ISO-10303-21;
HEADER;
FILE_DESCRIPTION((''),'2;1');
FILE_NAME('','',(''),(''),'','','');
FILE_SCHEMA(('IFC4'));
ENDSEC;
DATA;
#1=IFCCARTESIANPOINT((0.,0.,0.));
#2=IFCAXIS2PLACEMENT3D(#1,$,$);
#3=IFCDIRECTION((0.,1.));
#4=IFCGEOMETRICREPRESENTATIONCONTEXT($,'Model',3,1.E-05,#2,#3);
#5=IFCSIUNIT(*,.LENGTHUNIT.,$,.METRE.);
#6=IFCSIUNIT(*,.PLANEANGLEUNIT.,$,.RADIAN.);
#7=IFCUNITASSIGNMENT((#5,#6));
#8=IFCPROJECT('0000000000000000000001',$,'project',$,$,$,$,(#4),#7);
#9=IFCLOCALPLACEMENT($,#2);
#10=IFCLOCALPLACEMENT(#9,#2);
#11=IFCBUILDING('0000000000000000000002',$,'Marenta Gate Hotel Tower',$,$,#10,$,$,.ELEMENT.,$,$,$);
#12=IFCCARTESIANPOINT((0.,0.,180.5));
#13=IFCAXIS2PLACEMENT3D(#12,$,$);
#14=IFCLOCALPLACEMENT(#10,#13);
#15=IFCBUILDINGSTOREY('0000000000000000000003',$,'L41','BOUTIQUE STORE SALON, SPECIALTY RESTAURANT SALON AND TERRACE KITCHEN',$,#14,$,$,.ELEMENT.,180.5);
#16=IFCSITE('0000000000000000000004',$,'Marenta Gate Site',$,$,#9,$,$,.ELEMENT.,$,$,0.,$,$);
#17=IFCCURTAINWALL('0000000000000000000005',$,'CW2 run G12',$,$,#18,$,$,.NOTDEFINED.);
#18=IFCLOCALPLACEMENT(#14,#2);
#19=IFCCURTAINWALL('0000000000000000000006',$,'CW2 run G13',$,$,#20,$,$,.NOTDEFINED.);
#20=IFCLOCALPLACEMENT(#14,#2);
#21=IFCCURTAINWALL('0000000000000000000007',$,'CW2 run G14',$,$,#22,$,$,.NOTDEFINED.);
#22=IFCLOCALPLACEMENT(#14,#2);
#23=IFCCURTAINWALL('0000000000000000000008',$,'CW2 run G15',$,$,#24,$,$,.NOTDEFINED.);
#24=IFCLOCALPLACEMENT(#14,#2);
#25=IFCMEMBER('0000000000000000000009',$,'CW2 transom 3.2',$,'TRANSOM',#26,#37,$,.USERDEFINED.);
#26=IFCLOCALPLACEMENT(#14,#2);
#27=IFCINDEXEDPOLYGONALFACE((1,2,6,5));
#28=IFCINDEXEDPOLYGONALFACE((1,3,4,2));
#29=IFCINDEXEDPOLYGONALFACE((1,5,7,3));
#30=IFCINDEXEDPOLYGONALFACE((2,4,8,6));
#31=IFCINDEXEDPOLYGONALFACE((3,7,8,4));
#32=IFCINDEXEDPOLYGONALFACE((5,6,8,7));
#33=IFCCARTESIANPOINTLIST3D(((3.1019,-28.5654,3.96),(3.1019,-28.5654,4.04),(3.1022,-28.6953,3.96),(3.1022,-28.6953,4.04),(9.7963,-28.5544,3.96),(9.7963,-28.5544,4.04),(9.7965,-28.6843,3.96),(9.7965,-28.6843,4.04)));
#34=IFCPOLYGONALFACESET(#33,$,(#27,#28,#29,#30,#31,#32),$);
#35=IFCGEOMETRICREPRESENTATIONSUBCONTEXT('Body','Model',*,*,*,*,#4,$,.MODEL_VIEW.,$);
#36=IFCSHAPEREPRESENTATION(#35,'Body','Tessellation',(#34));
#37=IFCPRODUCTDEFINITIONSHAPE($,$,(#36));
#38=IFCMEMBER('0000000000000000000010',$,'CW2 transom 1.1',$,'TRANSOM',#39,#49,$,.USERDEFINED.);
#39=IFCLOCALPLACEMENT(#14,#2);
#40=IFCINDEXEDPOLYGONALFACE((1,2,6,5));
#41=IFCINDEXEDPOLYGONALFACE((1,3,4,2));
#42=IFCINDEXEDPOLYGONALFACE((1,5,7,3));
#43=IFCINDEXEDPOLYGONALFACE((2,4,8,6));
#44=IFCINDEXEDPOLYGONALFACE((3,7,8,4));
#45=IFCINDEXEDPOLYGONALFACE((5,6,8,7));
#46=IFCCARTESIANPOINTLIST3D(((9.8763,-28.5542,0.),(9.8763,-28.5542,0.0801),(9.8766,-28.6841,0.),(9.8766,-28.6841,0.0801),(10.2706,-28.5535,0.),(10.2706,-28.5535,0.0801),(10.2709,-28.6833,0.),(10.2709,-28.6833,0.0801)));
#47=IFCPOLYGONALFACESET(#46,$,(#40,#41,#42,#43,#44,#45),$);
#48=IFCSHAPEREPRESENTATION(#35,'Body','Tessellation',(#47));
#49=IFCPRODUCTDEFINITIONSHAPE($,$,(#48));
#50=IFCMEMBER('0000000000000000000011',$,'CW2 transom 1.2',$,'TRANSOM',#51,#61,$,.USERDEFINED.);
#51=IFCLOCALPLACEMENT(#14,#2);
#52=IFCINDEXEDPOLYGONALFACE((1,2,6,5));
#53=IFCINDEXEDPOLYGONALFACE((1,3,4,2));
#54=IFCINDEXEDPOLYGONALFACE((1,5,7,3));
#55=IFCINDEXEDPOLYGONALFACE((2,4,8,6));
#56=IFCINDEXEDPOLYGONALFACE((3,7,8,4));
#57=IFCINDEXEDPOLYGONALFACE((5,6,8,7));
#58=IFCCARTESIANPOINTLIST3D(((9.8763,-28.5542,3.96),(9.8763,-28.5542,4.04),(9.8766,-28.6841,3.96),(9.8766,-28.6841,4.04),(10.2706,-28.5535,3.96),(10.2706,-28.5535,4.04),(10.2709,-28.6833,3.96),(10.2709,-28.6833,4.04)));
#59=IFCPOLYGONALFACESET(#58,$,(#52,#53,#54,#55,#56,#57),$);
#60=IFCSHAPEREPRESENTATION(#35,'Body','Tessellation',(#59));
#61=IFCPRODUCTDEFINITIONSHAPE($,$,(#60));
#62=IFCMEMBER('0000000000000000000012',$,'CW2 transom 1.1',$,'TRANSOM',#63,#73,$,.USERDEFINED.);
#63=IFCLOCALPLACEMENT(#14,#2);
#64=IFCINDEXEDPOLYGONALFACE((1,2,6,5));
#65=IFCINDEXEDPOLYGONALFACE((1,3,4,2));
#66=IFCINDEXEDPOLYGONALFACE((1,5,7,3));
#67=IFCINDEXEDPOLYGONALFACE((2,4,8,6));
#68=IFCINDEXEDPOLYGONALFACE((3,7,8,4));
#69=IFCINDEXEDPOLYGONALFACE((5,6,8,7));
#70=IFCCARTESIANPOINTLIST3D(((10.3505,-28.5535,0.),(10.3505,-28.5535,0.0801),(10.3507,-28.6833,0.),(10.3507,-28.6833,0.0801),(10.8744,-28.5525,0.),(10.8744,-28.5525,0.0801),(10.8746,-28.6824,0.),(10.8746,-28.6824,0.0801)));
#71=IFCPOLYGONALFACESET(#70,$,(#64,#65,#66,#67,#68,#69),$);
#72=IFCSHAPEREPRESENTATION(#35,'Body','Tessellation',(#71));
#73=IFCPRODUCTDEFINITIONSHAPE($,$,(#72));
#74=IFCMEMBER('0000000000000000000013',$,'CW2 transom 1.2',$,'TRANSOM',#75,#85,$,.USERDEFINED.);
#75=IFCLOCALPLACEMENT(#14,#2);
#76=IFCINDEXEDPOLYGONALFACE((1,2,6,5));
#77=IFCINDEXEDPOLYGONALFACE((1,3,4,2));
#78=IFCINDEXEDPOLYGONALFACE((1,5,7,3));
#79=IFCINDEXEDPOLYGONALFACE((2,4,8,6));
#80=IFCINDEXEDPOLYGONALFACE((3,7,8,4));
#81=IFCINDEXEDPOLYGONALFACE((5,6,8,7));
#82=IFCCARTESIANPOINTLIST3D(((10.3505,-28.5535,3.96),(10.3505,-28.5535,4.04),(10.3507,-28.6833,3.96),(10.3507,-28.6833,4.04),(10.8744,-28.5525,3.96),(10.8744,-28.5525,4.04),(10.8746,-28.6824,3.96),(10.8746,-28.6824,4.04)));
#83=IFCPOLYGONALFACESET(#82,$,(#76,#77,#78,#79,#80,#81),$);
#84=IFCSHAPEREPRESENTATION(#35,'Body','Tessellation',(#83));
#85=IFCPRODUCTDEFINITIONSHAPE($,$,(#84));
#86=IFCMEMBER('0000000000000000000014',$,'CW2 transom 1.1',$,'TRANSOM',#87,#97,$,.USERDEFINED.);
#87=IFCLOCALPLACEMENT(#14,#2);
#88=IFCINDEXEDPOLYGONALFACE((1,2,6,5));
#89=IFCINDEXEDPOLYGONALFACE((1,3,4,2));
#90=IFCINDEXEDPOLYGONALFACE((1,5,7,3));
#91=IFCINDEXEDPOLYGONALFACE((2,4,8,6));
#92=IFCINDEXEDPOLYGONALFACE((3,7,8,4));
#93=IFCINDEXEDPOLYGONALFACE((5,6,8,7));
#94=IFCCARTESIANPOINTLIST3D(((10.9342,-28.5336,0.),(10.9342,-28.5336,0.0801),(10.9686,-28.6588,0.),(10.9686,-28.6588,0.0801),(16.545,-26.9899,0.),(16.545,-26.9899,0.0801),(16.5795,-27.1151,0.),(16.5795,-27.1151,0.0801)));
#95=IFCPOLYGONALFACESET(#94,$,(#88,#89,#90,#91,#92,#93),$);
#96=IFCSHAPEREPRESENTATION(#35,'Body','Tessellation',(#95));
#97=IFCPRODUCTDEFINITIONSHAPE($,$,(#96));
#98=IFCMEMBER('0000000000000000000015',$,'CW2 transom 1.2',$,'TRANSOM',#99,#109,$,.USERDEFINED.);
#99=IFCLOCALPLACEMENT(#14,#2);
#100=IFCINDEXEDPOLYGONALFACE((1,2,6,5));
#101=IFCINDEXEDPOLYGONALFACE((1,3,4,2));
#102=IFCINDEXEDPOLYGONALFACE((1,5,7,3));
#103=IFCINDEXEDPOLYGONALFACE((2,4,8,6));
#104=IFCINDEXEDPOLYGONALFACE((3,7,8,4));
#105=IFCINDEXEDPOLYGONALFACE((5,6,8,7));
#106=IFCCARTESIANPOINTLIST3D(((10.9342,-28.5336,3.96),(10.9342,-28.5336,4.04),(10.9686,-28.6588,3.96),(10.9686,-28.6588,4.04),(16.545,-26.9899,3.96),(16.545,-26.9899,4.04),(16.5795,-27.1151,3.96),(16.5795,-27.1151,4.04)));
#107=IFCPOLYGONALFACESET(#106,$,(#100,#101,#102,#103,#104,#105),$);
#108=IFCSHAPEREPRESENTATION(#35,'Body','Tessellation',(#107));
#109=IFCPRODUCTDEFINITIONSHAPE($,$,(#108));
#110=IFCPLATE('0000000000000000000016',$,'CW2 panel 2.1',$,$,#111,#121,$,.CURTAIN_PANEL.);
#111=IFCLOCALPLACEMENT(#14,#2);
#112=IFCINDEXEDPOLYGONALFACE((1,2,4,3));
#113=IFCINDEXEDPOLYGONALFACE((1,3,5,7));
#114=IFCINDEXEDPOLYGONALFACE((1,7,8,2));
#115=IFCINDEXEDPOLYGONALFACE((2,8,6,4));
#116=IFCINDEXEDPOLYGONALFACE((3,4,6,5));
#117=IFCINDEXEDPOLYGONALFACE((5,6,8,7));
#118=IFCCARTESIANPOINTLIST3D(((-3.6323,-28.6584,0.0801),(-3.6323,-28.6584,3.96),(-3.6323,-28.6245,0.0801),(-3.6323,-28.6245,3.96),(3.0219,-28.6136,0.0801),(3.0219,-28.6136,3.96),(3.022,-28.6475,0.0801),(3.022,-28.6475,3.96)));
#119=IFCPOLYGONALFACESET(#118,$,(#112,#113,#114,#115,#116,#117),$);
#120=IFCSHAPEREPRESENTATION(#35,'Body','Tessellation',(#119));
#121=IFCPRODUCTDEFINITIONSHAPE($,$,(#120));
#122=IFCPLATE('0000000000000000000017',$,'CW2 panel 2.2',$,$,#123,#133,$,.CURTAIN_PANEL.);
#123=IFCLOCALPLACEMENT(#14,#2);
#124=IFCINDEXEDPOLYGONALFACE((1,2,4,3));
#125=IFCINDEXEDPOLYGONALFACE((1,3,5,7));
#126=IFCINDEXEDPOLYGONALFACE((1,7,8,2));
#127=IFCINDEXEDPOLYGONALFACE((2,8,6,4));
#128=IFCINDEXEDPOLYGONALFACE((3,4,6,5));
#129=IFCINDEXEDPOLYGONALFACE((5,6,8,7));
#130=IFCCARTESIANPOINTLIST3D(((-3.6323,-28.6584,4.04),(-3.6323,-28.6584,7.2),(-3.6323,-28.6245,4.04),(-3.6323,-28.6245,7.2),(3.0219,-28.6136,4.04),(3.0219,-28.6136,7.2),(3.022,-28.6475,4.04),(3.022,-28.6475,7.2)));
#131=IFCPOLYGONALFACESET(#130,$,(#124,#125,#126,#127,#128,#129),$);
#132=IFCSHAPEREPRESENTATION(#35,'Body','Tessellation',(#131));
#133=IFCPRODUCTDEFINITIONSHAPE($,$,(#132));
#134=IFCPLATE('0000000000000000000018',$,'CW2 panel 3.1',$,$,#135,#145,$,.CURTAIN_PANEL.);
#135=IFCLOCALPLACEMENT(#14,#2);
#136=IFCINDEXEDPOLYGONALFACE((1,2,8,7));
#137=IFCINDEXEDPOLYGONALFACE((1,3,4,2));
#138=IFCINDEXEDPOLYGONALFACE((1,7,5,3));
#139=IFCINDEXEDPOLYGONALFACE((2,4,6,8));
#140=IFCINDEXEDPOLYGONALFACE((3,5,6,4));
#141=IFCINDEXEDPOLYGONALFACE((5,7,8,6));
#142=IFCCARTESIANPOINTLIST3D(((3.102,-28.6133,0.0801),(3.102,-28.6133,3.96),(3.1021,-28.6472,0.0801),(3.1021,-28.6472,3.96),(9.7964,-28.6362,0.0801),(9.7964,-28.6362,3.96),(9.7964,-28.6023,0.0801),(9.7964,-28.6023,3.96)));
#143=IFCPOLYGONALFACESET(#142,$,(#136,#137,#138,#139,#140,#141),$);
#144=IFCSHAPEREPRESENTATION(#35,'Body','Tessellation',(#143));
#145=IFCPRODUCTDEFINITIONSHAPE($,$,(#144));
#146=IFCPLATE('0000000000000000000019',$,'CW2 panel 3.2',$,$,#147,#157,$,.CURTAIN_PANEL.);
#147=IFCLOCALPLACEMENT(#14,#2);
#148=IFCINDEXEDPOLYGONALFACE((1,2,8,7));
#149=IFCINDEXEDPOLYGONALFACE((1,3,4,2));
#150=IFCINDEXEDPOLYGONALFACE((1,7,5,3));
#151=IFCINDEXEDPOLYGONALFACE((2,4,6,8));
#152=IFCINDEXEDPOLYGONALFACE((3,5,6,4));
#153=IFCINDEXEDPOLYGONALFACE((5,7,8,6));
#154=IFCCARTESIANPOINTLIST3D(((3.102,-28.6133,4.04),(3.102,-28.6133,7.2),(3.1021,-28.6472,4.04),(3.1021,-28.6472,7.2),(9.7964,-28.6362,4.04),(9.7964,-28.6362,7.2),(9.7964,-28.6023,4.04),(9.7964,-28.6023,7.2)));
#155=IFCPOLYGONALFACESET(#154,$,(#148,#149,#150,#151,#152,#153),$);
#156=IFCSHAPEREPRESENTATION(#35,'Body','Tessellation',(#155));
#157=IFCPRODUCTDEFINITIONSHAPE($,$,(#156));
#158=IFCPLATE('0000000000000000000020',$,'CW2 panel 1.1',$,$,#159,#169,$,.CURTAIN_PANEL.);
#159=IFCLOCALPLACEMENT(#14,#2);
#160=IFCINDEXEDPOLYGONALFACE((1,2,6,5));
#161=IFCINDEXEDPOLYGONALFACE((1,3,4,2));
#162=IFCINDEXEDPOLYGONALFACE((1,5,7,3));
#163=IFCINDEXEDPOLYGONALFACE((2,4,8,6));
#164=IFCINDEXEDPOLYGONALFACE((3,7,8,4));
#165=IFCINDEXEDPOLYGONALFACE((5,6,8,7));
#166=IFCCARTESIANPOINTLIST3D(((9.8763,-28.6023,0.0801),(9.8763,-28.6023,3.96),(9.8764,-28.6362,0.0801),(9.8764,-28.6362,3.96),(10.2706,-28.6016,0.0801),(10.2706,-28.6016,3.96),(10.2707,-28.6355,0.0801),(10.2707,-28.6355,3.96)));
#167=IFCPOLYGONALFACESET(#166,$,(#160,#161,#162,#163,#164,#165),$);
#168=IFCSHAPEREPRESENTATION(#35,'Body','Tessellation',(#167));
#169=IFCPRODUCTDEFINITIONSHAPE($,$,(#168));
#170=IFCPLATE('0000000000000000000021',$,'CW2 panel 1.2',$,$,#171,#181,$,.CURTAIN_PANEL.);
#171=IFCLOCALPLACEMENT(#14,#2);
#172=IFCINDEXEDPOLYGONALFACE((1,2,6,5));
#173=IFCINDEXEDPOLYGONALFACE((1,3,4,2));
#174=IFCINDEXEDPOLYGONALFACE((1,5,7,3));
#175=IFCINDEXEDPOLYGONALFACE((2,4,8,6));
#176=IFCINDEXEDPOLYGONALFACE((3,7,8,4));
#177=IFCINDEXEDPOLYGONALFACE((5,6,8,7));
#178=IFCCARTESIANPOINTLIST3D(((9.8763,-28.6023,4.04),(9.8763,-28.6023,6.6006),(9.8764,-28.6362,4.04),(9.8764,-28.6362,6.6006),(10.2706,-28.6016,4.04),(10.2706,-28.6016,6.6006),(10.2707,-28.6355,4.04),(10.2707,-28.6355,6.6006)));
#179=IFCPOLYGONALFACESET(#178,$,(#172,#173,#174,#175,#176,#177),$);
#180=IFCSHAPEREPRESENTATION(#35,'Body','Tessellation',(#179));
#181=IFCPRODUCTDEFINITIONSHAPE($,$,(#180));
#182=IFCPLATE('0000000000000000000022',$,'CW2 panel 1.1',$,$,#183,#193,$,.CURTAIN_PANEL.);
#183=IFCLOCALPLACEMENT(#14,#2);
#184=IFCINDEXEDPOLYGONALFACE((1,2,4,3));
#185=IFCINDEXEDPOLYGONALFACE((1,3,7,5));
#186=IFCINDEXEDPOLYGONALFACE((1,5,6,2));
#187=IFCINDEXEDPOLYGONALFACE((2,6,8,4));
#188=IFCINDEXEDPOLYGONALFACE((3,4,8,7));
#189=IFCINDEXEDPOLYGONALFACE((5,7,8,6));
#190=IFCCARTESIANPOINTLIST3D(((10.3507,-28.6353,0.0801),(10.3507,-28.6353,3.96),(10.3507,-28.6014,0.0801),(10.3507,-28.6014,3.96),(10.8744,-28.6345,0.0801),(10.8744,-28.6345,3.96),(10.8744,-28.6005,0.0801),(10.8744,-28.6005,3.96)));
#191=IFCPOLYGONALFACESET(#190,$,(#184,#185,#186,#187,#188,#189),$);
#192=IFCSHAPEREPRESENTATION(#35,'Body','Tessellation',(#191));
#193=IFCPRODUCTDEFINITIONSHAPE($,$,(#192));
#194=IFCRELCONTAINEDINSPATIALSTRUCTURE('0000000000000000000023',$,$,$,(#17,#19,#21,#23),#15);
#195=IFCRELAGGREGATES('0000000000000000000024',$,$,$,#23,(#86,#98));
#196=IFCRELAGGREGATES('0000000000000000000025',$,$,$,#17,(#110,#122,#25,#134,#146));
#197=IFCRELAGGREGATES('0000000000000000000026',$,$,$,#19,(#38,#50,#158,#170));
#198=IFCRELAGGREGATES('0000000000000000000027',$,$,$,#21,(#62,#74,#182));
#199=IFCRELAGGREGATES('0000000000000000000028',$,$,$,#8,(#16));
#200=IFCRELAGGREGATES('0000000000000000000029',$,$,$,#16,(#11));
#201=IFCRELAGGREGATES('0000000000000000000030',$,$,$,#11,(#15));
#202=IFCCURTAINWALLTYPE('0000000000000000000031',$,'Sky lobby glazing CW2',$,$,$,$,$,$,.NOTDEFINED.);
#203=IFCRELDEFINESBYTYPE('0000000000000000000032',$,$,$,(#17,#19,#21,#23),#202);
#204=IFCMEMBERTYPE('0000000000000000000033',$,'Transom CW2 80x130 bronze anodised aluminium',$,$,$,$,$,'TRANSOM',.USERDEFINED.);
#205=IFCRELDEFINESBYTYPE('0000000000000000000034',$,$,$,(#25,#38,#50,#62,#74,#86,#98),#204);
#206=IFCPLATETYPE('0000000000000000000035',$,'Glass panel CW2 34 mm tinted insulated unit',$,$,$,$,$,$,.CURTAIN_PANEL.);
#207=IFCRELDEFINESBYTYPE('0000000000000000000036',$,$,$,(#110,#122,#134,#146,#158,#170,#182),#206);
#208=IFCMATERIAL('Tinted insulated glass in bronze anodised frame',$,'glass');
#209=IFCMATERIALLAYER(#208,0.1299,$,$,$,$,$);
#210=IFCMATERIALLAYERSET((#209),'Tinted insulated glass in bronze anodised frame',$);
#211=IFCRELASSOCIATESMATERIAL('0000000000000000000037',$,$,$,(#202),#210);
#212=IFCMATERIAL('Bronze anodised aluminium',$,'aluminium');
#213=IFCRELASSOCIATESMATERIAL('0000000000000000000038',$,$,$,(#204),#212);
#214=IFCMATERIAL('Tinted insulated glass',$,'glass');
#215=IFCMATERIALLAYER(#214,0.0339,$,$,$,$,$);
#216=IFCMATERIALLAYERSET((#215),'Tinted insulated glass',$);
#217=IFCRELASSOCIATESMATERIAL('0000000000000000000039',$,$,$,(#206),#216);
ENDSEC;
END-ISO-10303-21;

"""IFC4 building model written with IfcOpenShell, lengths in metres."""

from ifc_helpers import new_model, si_unit, direction, frame, origin, origin_2d, place, context, subcontext, project, spatial, rectangle, extrude, material, layer, layer_set, material_profile, profile_set, type_object, element, aggregate, save


model = new_model("IFC4")

# Units and contexts
model_context = context("Model", 3, precision=1e-05, world=origin(), true_north=direction((0.0, 1.0)))
body_context = subcontext(model_context, "Body", "Model", "MODEL_VIEW")
ifc_project = project(units=[si_unit("LENGTHUNIT", "METRE"), si_unit("PLANEANGLEUNIT", "RADIAN")], contexts=[model_context])

# Site, building, storey
site_placement = place(None, origin())
site = spatial("IfcSite", under=ifc_project, at=site_placement, Name="Marenta Gate Site", CompositionType="ELEMENT", RefElevation=0.0)
building_placement = place(site_placement, origin())
building = spatial("IfcBuilding", under=site, at=building_placement, Name="Marenta Gate Hotel Tower", CompositionType="ELEMENT")
storey_placement = place(building_placement, frame((0.0, 0.0, 180.5)))
storey = spatial("IfcBuildingStorey", under=building, at=storey_placement, Name="L41", Description="BOUTIQUE STORE SALON, SPECIALTY RESTAURANT SALON AND TERRACE KITCHEN", CompositionType="ELEMENT", Elevation=180.5)

# Curtain walls
ifc_material_1 = material(Name="Tinted insulated glass in bronze anodised frame", Category="glass")
ifc_layer_1 = layer(ifc_material_1, 0.1299)
ifc_layer_set_1 = layer_set([ifc_layer_1], Name="Tinted insulated glass in bronze anodised frame")
curtain_wall_type = type_object("IfcCurtainWallType", Name="Sky lobby glazing CW2", PredefinedType="NOTDEFINED", material=ifc_layer_set_1)
curtain_wall_1_placement = place(storey_placement, origin())
curtain_wall_1 = element("IfcCurtainWall", 1, at=curtain_wall_1_placement, inside=storey, type_object=curtain_wall_type, Name="CW2 run G12", PredefinedType="NOTDEFINED")
curtain_wall_2_placement = place(storey_placement, origin())
curtain_wall_2 = element("IfcCurtainWall", 2, at=curtain_wall_2_placement, inside=storey, type_object=curtain_wall_type, Name="CW2 run G13", PredefinedType="NOTDEFINED")
curtain_wall_3_placement = place(storey_placement, origin())
curtain_wall_3 = element("IfcCurtainWall", 3, at=curtain_wall_3_placement, inside=storey, type_object=curtain_wall_type, Name="CW2 run G14", PredefinedType="NOTDEFINED")
curtain_wall_4_placement = place(storey_placement, origin())
curtain_wall_4 = element("IfcCurtainWall", 4, at=curtain_wall_4_placement, inside=storey, type_object=curtain_wall_type, Name="CW2 run G15", PredefinedType="NOTDEFINED")

# Members
ifc_material_2 = material(Name="Bronze anodised aluminium", Category="aluminium")
ifc_material_profile_1 = material_profile(ifc_material_2, rectangle(XDim=0.1299, YDim=0.0801, at=origin_2d()), Name="Transom CW2 80x130 bronze anodised aluminium")
ifc_profile_set_1 = profile_set([ifc_material_profile_1], Name="Bronze anodised aluminium")
member_type_1 = type_object("IfcMemberType", Name="Transom CW2 80x130 bronze anodised aluminium", ElementType="TRANSOM", PredefinedType="USERDEFINED", material=ifc_profile_set_1)
member_1_placement = place(storey_placement, frame((3.1021, -28.6304, 4.0), z_axis=(0.999999, 0.001641, 0.0), x_axis=(-0.001641, 0.999999, 0.0)))
member_1 = element("IfcMember", 5, at=member_1_placement, type_object=member_type_1, Name="CW2 transom 3.2", ObjectType="TRANSOM", PredefinedType="USERDEFINED", context=body_context, shape_type="SweptSolid", body=[
    extrude(rectangle(XDim=0.1299, YDim=0.0801, at=origin_2d()), origin(), (0.0, 0.0, 1.0), 6.6943),
])
member_2_placement = place(storey_placement, frame((9.8765, -28.6191, 0.04), z_axis=(0.999998, 0.001858, 0.0), x_axis=(-0.001858, 0.999998, 0.0)))
member_2 = element("IfcMember", 6, at=member_2_placement, type_object=member_type_1, Name="CW2 transom 1.1", ObjectType="TRANSOM", PredefinedType="USERDEFINED", context=body_context, shape_type="SweptSolid", body=[
    extrude(rectangle(XDim=0.1299, YDim=0.0801, at=origin_2d()), origin(), (0.0, 0.0, 1.0), 0.3943),
])
member_3_placement = place(storey_placement, frame((9.8765, -28.6191, 4.0), z_axis=(0.999998, 0.001858, 0.0), x_axis=(-0.001858, 0.999998, 0.0)))
member_3 = element("IfcMember", 7, at=member_3_placement, type_object=member_type_1, Name="CW2 transom 1.2", ObjectType="TRANSOM", PredefinedType="USERDEFINED", context=body_context, shape_type="SweptSolid", body=[
    extrude(rectangle(XDim=0.1299, YDim=0.0801, at=origin_2d()), origin(), (0.0, 0.0, 1.0), 0.3943),
])
member_4_placement = place(storey_placement, frame((10.3506, -28.6184, 0.04), z_axis=(0.999998, 0.001864, 0.0), x_axis=(-0.001864, 0.999998, 0.0)))
member_4 = element("IfcMember", 8, at=member_4_placement, type_object=member_type_1, Name="CW2 transom 1.1", ObjectType="TRANSOM", PredefinedType="USERDEFINED", context=body_context, shape_type="SweptSolid", body=[
    extrude(rectangle(XDim=0.1299, YDim=0.0801, at=origin_2d()), origin(), (0.0, 0.0, 1.0), 0.5239),
])
member_5_placement = place(storey_placement, frame((10.3506, -28.6184, 4.0), z_axis=(0.999998, 0.001864, 0.0), x_axis=(-0.001864, 0.999998, 0.0)))
member_5 = element("IfcMember", 9, at=member_5_placement, type_object=member_type_1, Name="CW2 transom 1.2", ObjectType="TRANSOM", PredefinedType="USERDEFINED", context=body_context, shape_type="SweptSolid", body=[
    extrude(rectangle(XDim=0.1299, YDim=0.0801, at=origin_2d()), origin(), (0.0, 0.0, 1.0), 0.5239),
])
member_6_placement = place(storey_placement, frame((10.9514, -28.5962, 0.04), z_axis=(0.964174, 0.265272, 0.0), x_axis=(-0.265272, 0.964174, 0.0)))
member_6 = element("IfcMember", 10, at=member_6_placement, type_object=member_type_1, Name="CW2 transom 1.1", ObjectType="TRANSOM", PredefinedType="USERDEFINED", context=body_context, shape_type="SweptSolid", body=[
    extrude(rectangle(XDim=0.1299, YDim=0.0801, at=origin_2d()), origin(), (0.0, 0.0, 1.0), 5.8193),
])
member_7_placement = place(storey_placement, frame((10.9514, -28.5962, 4.0), z_axis=(0.964174, 0.265272, 0.0), x_axis=(-0.265272, 0.964174, 0.0)))
member_7 = element("IfcMember", 11, at=member_7_placement, type_object=member_type_1, Name="CW2 transom 1.2", ObjectType="TRANSOM", PredefinedType="USERDEFINED", context=body_context, shape_type="SweptSolid", body=[
    extrude(rectangle(XDim=0.1299, YDim=0.0801, at=origin_2d()), origin(), (0.0, 0.0, 1.0), 5.8193),
])
aggregate(curtain_wall_4, [member_6, member_7])

# Plates
ifc_material_3 = material(Name="Tinted insulated glass", Category="glass")
ifc_layer_2 = layer(ifc_material_3, 0.0339)
ifc_layer_set_2 = layer_set([ifc_layer_2], Name="Tinted insulated glass")
plate_type = type_object("IfcPlateType", Name="Glass panel CW2 34 mm tinted insulated unit", PredefinedType="CURTAIN_PANEL", material=ifc_layer_set_2)
plate_1_placement = place(storey_placement, frame((-0.3052, -28.636, 0.0801), z_axis=(0.0, 0.0, 1.0), x_axis=(0.999999, 0.001643, 0.0)))
plate_1 = element("IfcPlate", 12, at=plate_1_placement, type_object=plate_type, Name="CW2 panel 2.1", PredefinedType="CURTAIN_PANEL", context=body_context, shape_type="SweptSolid", body=[
    extrude(rectangle(XDim=6.6543, YDim=0.0339, at=origin_2d()), origin(), (0.0, 0.0, 1.0), 3.8799),
])
plate_2_placement = place(storey_placement, frame((-0.3052, -28.636, 4.04), z_axis=(0.0, 0.0, 1.0), x_axis=(0.999999, 0.001643, 0.0)))
plate_2 = element("IfcPlate", 13, at=plate_2_placement, type_object=plate_type, Name="CW2 panel 2.2", PredefinedType="CURTAIN_PANEL", context=body_context, shape_type="SweptSolid", body=[
    extrude(rectangle(XDim=6.6543, YDim=0.0339, at=origin_2d()), origin(), (0.0, 0.0, 1.0), 3.1599),
])
plate_3_placement = place(storey_placement, frame((6.4492, -28.6248, 0.0801), z_axis=(0.0, 0.0, 1.0), x_axis=(0.999999, 0.001643, 0.0)))
plate_3 = element("IfcPlate", 14, at=plate_3_placement, type_object=plate_type, Name="CW2 panel 3.1", PredefinedType="CURTAIN_PANEL", context=body_context, shape_type="SweptSolid", body=[
    extrude(rectangle(XDim=6.6943, YDim=0.0339, at=origin_2d()), origin(), (0.0, 0.0, 1.0), 3.8799),
])
plate_4_placement = place(storey_placement, frame((6.4492, -28.6248, 4.04), z_axis=(0.0, 0.0, 1.0), x_axis=(0.999999, 0.001643, 0.0)))
plate_4 = element("IfcPlate", 15, at=plate_4_placement, type_object=plate_type, Name="CW2 panel 3.2", PredefinedType="CURTAIN_PANEL", context=body_context, shape_type="SweptSolid", body=[
    extrude(rectangle(XDim=6.6943, YDim=0.0339, at=origin_2d()), origin(), (0.0, 0.0, 1.0), 3.1599),
])
aggregate(curtain_wall_1, [plate_1, plate_2, member_1, plate_3, plate_4])
plate_5_placement = place(storey_placement, frame((10.0735, -28.6189, 0.0801), z_axis=(0.0, 0.0, 1.0), x_axis=(0.999999, 0.001687, 0.0)))
plate_5 = element("IfcPlate", 16, at=plate_5_placement, type_object=plate_type, Name="CW2 panel 1.1", PredefinedType="CURTAIN_PANEL", context=body_context, shape_type="SweptSolid", body=[
    extrude(rectangle(XDim=0.3943, YDim=0.0339, at=origin_2d()), origin(), (0.0, 0.0, 1.0), 3.8799),
])
plate_6_placement = place(storey_placement, frame((10.0735, -28.6189, 4.04), z_axis=(0.0, 0.0, 1.0), x_axis=(0.999999, 0.001687, 0.0)))
plate_6 = element("IfcPlate", 17, at=plate_6_placement, type_object=plate_type, Name="CW2 panel 1.2", PredefinedType="CURTAIN_PANEL", context=body_context, shape_type="SweptSolid", body=[
    extrude(rectangle(XDim=0.3943, YDim=0.0339, at=origin_2d()), origin(), (0.0, 0.0, 1.0), 2.5605),
])
aggregate(curtain_wall_2, [member_2, member_3, plate_5, plate_6])
plate_7_placement = place(storey_placement, frame((10.6125, -28.6179, 0.0801), z_axis=(0.0, 0.0, 1.0), x_axis=(0.999999, 0.001656, 0.0)))
plate_7 = element("IfcPlate", 18, at=plate_7_placement, type_object=plate_type, Name="CW2 panel 1.1", PredefinedType="CURTAIN_PANEL", context=body_context, shape_type="SweptSolid", body=[
    extrude(rectangle(XDim=0.5237, YDim=0.0339, at=origin_2d()), origin(), (0.0, 0.0, 1.0), 3.8799),
])
aggregate(curtain_wall_3, [member_4, member_5, plate_7])

save(model, "model.ifc")
